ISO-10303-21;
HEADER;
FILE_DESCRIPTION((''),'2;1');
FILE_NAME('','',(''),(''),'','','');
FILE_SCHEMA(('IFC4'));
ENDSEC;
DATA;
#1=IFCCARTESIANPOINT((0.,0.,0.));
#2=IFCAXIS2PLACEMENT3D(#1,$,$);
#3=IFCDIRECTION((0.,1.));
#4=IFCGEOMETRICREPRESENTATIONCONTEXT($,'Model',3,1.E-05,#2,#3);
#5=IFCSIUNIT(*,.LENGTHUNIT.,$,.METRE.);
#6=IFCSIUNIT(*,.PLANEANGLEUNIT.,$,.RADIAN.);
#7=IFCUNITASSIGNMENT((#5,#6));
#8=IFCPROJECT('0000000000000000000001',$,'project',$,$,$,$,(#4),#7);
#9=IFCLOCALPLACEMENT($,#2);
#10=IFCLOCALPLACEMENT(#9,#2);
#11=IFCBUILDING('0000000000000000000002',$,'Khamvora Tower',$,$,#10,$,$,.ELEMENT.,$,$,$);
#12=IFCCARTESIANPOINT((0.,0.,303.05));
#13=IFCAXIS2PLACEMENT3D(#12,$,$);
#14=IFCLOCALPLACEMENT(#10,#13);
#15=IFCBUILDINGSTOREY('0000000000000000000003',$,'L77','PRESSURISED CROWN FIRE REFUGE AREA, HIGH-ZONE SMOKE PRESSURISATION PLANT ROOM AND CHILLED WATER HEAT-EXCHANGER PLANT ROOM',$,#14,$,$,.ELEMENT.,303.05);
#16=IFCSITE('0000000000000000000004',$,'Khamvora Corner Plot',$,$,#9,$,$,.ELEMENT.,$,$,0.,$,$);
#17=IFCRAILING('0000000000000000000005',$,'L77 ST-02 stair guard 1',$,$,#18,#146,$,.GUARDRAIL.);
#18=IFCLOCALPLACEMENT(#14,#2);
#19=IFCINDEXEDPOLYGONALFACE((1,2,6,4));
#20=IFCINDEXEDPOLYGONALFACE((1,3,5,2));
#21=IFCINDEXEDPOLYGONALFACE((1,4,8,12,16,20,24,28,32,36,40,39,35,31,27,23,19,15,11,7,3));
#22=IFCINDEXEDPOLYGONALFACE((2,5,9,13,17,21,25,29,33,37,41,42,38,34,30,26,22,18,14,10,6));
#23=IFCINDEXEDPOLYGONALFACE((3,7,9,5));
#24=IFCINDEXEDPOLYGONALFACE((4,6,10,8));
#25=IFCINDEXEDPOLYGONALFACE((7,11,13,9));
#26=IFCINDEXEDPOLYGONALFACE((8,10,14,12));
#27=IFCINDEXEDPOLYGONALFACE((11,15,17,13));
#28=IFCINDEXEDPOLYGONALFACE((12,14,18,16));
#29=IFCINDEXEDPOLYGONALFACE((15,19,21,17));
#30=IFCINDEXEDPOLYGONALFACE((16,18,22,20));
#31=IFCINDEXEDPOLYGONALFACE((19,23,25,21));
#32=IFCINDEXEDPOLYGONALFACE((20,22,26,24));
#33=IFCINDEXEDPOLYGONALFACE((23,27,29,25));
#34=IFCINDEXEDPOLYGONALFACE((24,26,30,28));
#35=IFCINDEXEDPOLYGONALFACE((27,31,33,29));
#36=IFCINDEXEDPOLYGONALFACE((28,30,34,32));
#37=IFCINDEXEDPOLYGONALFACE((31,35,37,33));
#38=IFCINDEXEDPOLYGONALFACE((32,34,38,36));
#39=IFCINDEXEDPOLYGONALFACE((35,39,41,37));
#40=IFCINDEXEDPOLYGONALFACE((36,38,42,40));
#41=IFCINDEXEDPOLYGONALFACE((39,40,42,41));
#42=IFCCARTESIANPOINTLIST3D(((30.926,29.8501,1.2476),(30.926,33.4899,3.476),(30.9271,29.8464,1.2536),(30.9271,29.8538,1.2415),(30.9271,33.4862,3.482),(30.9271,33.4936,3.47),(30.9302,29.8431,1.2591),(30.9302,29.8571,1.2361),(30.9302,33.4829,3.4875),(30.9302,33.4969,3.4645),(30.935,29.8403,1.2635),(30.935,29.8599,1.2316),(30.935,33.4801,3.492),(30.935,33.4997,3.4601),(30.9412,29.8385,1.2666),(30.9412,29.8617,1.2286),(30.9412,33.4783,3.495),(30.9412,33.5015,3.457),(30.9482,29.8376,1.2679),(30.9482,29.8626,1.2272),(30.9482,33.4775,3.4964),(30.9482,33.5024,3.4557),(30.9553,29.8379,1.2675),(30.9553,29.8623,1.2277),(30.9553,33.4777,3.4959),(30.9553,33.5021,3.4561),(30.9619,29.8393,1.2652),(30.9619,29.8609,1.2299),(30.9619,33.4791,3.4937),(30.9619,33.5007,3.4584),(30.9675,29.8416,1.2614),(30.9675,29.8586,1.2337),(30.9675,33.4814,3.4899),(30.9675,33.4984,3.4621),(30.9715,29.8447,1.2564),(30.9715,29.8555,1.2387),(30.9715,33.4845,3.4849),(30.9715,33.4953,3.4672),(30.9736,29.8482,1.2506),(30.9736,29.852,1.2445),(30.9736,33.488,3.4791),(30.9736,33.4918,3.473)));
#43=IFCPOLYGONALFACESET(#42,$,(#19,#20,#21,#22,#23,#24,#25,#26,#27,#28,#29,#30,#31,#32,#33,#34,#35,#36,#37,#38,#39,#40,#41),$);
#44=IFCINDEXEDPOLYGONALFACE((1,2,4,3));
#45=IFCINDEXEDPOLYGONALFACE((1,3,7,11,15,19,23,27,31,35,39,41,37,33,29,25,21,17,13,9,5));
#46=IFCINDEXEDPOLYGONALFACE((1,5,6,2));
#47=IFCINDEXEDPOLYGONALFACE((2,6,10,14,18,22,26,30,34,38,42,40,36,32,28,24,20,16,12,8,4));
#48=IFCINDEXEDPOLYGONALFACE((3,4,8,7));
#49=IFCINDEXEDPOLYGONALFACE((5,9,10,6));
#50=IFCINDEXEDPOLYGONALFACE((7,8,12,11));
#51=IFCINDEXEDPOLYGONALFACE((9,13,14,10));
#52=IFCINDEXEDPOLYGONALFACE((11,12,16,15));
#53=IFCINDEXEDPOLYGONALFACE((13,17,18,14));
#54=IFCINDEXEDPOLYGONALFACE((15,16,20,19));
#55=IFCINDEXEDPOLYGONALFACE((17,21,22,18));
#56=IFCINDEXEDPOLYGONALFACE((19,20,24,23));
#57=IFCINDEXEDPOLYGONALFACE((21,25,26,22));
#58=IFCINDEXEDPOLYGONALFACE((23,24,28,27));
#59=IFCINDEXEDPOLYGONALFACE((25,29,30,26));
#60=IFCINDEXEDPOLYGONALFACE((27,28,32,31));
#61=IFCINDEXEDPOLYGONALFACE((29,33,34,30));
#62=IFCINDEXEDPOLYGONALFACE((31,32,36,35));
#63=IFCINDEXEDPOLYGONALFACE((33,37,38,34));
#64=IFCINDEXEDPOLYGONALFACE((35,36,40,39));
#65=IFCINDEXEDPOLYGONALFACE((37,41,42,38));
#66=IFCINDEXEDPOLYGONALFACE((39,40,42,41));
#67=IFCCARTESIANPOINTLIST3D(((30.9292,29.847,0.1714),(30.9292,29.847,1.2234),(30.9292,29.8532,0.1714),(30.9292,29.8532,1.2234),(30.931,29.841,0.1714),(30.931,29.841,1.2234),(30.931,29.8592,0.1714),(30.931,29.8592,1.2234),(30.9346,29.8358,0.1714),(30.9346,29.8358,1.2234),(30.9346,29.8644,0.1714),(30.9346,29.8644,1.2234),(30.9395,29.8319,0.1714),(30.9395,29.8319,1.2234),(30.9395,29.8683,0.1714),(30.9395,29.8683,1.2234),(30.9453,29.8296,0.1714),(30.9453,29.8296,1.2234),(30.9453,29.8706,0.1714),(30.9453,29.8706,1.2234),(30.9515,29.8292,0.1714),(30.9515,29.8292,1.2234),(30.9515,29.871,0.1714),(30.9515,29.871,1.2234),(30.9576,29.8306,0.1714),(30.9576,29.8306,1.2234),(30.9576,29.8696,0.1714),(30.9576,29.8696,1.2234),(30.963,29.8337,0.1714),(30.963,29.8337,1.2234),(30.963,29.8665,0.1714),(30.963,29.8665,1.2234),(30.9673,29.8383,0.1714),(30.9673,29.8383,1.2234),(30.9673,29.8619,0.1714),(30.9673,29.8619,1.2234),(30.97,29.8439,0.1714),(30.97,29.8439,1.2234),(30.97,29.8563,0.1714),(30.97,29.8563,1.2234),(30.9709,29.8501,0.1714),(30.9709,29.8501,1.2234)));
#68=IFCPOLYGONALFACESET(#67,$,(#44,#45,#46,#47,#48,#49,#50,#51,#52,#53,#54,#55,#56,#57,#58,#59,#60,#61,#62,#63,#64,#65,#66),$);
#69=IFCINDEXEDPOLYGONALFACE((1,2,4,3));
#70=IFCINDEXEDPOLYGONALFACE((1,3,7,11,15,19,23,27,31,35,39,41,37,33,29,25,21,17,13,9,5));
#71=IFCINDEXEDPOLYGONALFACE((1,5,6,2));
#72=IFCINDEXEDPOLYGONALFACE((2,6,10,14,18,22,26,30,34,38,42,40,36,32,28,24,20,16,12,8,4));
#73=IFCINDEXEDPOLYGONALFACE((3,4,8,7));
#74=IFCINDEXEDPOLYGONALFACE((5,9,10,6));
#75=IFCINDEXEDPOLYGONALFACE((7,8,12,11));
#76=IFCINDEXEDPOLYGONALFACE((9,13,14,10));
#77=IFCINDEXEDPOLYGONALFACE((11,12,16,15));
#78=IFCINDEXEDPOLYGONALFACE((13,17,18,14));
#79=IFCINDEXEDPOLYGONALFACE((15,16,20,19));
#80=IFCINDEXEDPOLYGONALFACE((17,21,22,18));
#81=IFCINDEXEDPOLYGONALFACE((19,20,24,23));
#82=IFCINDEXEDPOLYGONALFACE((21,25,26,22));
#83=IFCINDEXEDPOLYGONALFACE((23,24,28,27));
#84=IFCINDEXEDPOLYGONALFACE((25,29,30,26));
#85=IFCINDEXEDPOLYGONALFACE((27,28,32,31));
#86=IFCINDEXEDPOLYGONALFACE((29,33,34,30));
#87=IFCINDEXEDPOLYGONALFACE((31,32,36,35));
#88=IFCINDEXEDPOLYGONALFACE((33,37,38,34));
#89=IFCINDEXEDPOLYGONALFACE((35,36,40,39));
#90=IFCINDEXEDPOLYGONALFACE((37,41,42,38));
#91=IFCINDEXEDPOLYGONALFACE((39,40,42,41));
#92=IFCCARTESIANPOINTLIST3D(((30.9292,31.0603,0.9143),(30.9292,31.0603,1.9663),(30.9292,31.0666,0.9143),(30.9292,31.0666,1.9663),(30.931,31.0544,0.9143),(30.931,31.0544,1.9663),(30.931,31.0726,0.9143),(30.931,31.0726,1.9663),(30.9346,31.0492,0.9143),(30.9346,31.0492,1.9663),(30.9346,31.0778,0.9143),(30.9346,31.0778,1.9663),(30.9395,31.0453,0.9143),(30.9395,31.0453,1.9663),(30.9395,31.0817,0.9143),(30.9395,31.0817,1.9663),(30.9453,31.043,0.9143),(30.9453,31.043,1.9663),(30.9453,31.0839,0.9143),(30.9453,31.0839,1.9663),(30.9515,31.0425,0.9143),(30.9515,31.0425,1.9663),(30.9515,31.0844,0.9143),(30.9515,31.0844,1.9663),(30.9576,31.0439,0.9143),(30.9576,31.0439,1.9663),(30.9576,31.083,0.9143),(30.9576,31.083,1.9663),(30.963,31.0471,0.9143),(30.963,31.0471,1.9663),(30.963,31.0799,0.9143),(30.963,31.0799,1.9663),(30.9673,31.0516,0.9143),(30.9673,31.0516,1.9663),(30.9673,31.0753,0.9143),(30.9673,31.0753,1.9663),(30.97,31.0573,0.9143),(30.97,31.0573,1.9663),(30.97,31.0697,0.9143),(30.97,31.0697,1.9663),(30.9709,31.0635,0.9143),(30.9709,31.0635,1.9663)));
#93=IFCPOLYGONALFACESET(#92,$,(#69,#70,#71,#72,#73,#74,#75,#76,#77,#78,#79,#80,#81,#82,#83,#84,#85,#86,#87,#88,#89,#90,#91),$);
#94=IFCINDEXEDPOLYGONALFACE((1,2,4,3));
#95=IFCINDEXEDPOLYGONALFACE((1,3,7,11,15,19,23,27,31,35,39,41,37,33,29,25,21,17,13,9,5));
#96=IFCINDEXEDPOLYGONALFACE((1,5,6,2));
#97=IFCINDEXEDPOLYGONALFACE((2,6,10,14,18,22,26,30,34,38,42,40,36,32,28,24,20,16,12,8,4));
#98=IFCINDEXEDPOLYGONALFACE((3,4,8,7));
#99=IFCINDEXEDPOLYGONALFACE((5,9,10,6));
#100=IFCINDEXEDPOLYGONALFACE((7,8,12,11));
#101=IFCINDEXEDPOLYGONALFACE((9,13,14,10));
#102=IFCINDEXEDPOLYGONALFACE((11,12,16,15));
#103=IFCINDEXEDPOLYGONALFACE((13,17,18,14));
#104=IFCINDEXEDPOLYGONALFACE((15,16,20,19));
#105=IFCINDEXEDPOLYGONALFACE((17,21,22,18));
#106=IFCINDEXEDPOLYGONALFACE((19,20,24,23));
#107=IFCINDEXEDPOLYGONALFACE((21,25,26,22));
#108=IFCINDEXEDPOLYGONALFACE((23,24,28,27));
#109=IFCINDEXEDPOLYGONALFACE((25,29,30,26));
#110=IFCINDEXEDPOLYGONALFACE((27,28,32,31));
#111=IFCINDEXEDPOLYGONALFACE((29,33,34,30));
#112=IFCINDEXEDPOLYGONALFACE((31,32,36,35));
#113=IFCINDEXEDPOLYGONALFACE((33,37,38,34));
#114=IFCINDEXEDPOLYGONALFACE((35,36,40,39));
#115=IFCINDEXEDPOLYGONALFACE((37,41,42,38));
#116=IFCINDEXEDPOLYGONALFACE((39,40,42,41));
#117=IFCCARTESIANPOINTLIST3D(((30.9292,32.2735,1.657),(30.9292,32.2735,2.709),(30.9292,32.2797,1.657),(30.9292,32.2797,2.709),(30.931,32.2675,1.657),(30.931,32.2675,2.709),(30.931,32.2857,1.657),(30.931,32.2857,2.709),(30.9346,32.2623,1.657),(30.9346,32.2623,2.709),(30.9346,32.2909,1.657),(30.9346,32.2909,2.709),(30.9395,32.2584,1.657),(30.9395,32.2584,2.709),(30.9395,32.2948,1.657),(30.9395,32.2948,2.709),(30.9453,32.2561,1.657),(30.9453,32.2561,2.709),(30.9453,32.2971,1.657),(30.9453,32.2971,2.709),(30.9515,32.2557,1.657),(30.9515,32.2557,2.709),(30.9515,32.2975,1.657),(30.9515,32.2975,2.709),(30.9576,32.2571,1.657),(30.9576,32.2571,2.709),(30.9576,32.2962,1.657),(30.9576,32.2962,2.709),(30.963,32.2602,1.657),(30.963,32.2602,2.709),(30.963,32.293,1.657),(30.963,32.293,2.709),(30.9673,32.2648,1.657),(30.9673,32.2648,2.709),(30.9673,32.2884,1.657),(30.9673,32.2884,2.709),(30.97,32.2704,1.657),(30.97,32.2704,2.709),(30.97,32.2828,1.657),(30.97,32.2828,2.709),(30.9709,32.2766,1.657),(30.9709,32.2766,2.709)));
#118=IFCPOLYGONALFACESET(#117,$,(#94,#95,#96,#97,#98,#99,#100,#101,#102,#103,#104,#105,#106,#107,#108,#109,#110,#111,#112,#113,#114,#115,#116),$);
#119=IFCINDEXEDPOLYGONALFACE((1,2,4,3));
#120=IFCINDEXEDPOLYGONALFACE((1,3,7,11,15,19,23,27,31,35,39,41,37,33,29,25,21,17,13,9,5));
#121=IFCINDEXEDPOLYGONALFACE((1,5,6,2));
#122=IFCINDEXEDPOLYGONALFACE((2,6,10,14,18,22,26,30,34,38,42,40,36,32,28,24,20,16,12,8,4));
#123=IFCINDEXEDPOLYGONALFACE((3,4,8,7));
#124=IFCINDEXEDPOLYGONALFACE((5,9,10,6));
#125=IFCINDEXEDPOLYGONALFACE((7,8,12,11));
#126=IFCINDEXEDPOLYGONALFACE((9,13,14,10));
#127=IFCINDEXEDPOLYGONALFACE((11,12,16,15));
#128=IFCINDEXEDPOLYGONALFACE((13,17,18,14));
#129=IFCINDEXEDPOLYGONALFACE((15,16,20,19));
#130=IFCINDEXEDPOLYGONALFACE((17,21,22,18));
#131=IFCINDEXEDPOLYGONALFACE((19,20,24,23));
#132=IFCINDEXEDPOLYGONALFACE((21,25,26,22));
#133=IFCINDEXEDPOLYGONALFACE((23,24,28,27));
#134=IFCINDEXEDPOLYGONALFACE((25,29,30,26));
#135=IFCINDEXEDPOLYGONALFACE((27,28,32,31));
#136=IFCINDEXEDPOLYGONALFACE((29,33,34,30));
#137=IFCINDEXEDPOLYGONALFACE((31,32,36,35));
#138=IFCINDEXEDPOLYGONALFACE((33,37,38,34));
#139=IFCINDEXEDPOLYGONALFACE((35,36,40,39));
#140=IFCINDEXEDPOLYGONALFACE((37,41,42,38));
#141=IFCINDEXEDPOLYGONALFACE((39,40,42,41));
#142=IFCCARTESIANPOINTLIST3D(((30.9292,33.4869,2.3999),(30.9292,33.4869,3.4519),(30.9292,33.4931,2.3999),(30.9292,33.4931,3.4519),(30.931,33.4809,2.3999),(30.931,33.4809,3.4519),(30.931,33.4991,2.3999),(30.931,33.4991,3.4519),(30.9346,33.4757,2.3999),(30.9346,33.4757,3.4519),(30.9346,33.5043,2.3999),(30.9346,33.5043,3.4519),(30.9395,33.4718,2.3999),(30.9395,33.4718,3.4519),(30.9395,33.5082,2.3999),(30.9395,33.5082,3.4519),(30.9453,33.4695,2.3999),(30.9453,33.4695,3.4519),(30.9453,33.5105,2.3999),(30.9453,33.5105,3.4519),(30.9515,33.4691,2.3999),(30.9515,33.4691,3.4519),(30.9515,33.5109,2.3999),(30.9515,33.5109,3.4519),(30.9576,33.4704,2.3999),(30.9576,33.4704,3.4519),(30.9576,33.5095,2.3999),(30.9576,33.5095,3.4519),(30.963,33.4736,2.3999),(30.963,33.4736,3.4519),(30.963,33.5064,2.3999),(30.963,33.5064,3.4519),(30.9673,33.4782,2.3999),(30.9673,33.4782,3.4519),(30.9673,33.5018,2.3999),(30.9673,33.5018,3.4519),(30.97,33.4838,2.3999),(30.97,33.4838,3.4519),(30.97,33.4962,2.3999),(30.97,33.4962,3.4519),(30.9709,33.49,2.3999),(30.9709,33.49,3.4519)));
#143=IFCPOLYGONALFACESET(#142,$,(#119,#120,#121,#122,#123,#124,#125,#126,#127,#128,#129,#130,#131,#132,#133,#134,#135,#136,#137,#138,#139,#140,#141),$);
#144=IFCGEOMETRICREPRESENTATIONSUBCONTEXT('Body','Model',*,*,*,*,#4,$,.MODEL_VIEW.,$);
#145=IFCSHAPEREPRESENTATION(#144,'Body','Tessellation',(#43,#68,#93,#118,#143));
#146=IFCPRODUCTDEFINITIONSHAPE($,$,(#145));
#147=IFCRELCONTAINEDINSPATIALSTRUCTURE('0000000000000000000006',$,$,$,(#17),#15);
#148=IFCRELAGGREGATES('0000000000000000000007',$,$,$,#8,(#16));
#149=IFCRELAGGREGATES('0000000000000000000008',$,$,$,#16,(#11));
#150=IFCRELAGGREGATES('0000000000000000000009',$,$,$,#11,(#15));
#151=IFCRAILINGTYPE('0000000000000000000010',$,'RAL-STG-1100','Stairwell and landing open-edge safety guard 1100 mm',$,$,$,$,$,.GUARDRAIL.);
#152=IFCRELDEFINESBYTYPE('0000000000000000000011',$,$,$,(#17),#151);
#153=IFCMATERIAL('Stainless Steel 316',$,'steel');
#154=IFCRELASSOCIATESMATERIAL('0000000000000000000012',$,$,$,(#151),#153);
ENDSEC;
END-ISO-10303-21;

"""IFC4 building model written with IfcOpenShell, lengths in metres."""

from ifc_helpers import new_model, si_unit, direction, frame, origin, origin_2d, place, context, subcontext, project, spatial, circle, extrude, material, type_object, element, save


model = new_model("IFC4")

# Units and contexts
model_context = context("Model", 3, precision=1e-05, world=origin(), true_north=direction((0.0, 1.0)))
body_context = subcontext(model_context, "Body", "Model", "MODEL_VIEW")
ifc_project = project(units=[si_unit("LENGTHUNIT", "METRE"), si_unit("PLANEANGLEUNIT", "RADIAN")], contexts=[model_context])

# Site, building, storey
site_placement = place(None, origin())
site = spatial("IfcSite", under=ifc_project, at=site_placement, Name="Khamvora Corner Plot", CompositionType="ELEMENT", RefElevation=0.0)
building_placement = place(site_placement, origin())
building = spatial("IfcBuilding", under=site, at=building_placement, Name="Khamvora Tower", CompositionType="ELEMENT")
storey_placement = place(building_placement, frame((0.0, 0.0, 303.05)))
storey = spatial("IfcBuildingStorey", under=building, at=storey_placement, Name="L77", Description="PRESSURISED CROWN FIRE REFUGE AREA, HIGH-ZONE SMOKE PRESSURISATION PLANT ROOM AND CHILLED WATER HEAT-EXCHANGER PLANT ROOM", CompositionType="ELEMENT", Elevation=303.05)

# Railing
ifc_material_1 = material(Name="Stainless Steel 316", Category="steel")
railing_type_1 = type_object("IfcRailingType", Name="RAL-STG-1100", Description="Stairwell and landing open-edge safety guard 1100 mm", PredefinedType="GUARDRAIL", material=ifc_material_1)
railing_1_placement = place(storey_placement, frame((30.95, 29.8501, 0.1714)))
element("IfcRailing", 1, at=railing_1_placement, inside=storey, type_object=railing_type_1, Name="L77 ST-02 stair guard 1", PredefinedType="GUARDRAIL", context=body_context, shape_type="SweptSolid", body=[
    extrude(circle(Radius=0.0239, at=origin_2d()), frame((0.0, 0.0, 1.0762), z_axis=(0.0, 0.85285, 0.522156), x_axis=(-1.0, 0.0, 0.0)), (0.0, 0.0, 1.0), 4.2678),
    extrude(circle(Radius=0.021, at=origin_2d()), origin(), (0.0, 0.0, 1.0), 1.052),
    extrude(circle(Radius=0.021, at=origin_2d()), frame((0.0, 1.2134, 0.7429)), (0.0, 0.0, 1.0), 1.052),
    extrude(circle(Radius=0.021, at=origin_2d()), frame((0.0, 2.4265, 1.4856)), (0.0, 0.0, 1.0), 1.052),
    extrude(circle(Radius=0.021, at=origin_2d()), frame((0.0, 3.6399, 2.2285)), (0.0, 0.0, 1.0), 1.052),
])

save(model, "model.ifc")
